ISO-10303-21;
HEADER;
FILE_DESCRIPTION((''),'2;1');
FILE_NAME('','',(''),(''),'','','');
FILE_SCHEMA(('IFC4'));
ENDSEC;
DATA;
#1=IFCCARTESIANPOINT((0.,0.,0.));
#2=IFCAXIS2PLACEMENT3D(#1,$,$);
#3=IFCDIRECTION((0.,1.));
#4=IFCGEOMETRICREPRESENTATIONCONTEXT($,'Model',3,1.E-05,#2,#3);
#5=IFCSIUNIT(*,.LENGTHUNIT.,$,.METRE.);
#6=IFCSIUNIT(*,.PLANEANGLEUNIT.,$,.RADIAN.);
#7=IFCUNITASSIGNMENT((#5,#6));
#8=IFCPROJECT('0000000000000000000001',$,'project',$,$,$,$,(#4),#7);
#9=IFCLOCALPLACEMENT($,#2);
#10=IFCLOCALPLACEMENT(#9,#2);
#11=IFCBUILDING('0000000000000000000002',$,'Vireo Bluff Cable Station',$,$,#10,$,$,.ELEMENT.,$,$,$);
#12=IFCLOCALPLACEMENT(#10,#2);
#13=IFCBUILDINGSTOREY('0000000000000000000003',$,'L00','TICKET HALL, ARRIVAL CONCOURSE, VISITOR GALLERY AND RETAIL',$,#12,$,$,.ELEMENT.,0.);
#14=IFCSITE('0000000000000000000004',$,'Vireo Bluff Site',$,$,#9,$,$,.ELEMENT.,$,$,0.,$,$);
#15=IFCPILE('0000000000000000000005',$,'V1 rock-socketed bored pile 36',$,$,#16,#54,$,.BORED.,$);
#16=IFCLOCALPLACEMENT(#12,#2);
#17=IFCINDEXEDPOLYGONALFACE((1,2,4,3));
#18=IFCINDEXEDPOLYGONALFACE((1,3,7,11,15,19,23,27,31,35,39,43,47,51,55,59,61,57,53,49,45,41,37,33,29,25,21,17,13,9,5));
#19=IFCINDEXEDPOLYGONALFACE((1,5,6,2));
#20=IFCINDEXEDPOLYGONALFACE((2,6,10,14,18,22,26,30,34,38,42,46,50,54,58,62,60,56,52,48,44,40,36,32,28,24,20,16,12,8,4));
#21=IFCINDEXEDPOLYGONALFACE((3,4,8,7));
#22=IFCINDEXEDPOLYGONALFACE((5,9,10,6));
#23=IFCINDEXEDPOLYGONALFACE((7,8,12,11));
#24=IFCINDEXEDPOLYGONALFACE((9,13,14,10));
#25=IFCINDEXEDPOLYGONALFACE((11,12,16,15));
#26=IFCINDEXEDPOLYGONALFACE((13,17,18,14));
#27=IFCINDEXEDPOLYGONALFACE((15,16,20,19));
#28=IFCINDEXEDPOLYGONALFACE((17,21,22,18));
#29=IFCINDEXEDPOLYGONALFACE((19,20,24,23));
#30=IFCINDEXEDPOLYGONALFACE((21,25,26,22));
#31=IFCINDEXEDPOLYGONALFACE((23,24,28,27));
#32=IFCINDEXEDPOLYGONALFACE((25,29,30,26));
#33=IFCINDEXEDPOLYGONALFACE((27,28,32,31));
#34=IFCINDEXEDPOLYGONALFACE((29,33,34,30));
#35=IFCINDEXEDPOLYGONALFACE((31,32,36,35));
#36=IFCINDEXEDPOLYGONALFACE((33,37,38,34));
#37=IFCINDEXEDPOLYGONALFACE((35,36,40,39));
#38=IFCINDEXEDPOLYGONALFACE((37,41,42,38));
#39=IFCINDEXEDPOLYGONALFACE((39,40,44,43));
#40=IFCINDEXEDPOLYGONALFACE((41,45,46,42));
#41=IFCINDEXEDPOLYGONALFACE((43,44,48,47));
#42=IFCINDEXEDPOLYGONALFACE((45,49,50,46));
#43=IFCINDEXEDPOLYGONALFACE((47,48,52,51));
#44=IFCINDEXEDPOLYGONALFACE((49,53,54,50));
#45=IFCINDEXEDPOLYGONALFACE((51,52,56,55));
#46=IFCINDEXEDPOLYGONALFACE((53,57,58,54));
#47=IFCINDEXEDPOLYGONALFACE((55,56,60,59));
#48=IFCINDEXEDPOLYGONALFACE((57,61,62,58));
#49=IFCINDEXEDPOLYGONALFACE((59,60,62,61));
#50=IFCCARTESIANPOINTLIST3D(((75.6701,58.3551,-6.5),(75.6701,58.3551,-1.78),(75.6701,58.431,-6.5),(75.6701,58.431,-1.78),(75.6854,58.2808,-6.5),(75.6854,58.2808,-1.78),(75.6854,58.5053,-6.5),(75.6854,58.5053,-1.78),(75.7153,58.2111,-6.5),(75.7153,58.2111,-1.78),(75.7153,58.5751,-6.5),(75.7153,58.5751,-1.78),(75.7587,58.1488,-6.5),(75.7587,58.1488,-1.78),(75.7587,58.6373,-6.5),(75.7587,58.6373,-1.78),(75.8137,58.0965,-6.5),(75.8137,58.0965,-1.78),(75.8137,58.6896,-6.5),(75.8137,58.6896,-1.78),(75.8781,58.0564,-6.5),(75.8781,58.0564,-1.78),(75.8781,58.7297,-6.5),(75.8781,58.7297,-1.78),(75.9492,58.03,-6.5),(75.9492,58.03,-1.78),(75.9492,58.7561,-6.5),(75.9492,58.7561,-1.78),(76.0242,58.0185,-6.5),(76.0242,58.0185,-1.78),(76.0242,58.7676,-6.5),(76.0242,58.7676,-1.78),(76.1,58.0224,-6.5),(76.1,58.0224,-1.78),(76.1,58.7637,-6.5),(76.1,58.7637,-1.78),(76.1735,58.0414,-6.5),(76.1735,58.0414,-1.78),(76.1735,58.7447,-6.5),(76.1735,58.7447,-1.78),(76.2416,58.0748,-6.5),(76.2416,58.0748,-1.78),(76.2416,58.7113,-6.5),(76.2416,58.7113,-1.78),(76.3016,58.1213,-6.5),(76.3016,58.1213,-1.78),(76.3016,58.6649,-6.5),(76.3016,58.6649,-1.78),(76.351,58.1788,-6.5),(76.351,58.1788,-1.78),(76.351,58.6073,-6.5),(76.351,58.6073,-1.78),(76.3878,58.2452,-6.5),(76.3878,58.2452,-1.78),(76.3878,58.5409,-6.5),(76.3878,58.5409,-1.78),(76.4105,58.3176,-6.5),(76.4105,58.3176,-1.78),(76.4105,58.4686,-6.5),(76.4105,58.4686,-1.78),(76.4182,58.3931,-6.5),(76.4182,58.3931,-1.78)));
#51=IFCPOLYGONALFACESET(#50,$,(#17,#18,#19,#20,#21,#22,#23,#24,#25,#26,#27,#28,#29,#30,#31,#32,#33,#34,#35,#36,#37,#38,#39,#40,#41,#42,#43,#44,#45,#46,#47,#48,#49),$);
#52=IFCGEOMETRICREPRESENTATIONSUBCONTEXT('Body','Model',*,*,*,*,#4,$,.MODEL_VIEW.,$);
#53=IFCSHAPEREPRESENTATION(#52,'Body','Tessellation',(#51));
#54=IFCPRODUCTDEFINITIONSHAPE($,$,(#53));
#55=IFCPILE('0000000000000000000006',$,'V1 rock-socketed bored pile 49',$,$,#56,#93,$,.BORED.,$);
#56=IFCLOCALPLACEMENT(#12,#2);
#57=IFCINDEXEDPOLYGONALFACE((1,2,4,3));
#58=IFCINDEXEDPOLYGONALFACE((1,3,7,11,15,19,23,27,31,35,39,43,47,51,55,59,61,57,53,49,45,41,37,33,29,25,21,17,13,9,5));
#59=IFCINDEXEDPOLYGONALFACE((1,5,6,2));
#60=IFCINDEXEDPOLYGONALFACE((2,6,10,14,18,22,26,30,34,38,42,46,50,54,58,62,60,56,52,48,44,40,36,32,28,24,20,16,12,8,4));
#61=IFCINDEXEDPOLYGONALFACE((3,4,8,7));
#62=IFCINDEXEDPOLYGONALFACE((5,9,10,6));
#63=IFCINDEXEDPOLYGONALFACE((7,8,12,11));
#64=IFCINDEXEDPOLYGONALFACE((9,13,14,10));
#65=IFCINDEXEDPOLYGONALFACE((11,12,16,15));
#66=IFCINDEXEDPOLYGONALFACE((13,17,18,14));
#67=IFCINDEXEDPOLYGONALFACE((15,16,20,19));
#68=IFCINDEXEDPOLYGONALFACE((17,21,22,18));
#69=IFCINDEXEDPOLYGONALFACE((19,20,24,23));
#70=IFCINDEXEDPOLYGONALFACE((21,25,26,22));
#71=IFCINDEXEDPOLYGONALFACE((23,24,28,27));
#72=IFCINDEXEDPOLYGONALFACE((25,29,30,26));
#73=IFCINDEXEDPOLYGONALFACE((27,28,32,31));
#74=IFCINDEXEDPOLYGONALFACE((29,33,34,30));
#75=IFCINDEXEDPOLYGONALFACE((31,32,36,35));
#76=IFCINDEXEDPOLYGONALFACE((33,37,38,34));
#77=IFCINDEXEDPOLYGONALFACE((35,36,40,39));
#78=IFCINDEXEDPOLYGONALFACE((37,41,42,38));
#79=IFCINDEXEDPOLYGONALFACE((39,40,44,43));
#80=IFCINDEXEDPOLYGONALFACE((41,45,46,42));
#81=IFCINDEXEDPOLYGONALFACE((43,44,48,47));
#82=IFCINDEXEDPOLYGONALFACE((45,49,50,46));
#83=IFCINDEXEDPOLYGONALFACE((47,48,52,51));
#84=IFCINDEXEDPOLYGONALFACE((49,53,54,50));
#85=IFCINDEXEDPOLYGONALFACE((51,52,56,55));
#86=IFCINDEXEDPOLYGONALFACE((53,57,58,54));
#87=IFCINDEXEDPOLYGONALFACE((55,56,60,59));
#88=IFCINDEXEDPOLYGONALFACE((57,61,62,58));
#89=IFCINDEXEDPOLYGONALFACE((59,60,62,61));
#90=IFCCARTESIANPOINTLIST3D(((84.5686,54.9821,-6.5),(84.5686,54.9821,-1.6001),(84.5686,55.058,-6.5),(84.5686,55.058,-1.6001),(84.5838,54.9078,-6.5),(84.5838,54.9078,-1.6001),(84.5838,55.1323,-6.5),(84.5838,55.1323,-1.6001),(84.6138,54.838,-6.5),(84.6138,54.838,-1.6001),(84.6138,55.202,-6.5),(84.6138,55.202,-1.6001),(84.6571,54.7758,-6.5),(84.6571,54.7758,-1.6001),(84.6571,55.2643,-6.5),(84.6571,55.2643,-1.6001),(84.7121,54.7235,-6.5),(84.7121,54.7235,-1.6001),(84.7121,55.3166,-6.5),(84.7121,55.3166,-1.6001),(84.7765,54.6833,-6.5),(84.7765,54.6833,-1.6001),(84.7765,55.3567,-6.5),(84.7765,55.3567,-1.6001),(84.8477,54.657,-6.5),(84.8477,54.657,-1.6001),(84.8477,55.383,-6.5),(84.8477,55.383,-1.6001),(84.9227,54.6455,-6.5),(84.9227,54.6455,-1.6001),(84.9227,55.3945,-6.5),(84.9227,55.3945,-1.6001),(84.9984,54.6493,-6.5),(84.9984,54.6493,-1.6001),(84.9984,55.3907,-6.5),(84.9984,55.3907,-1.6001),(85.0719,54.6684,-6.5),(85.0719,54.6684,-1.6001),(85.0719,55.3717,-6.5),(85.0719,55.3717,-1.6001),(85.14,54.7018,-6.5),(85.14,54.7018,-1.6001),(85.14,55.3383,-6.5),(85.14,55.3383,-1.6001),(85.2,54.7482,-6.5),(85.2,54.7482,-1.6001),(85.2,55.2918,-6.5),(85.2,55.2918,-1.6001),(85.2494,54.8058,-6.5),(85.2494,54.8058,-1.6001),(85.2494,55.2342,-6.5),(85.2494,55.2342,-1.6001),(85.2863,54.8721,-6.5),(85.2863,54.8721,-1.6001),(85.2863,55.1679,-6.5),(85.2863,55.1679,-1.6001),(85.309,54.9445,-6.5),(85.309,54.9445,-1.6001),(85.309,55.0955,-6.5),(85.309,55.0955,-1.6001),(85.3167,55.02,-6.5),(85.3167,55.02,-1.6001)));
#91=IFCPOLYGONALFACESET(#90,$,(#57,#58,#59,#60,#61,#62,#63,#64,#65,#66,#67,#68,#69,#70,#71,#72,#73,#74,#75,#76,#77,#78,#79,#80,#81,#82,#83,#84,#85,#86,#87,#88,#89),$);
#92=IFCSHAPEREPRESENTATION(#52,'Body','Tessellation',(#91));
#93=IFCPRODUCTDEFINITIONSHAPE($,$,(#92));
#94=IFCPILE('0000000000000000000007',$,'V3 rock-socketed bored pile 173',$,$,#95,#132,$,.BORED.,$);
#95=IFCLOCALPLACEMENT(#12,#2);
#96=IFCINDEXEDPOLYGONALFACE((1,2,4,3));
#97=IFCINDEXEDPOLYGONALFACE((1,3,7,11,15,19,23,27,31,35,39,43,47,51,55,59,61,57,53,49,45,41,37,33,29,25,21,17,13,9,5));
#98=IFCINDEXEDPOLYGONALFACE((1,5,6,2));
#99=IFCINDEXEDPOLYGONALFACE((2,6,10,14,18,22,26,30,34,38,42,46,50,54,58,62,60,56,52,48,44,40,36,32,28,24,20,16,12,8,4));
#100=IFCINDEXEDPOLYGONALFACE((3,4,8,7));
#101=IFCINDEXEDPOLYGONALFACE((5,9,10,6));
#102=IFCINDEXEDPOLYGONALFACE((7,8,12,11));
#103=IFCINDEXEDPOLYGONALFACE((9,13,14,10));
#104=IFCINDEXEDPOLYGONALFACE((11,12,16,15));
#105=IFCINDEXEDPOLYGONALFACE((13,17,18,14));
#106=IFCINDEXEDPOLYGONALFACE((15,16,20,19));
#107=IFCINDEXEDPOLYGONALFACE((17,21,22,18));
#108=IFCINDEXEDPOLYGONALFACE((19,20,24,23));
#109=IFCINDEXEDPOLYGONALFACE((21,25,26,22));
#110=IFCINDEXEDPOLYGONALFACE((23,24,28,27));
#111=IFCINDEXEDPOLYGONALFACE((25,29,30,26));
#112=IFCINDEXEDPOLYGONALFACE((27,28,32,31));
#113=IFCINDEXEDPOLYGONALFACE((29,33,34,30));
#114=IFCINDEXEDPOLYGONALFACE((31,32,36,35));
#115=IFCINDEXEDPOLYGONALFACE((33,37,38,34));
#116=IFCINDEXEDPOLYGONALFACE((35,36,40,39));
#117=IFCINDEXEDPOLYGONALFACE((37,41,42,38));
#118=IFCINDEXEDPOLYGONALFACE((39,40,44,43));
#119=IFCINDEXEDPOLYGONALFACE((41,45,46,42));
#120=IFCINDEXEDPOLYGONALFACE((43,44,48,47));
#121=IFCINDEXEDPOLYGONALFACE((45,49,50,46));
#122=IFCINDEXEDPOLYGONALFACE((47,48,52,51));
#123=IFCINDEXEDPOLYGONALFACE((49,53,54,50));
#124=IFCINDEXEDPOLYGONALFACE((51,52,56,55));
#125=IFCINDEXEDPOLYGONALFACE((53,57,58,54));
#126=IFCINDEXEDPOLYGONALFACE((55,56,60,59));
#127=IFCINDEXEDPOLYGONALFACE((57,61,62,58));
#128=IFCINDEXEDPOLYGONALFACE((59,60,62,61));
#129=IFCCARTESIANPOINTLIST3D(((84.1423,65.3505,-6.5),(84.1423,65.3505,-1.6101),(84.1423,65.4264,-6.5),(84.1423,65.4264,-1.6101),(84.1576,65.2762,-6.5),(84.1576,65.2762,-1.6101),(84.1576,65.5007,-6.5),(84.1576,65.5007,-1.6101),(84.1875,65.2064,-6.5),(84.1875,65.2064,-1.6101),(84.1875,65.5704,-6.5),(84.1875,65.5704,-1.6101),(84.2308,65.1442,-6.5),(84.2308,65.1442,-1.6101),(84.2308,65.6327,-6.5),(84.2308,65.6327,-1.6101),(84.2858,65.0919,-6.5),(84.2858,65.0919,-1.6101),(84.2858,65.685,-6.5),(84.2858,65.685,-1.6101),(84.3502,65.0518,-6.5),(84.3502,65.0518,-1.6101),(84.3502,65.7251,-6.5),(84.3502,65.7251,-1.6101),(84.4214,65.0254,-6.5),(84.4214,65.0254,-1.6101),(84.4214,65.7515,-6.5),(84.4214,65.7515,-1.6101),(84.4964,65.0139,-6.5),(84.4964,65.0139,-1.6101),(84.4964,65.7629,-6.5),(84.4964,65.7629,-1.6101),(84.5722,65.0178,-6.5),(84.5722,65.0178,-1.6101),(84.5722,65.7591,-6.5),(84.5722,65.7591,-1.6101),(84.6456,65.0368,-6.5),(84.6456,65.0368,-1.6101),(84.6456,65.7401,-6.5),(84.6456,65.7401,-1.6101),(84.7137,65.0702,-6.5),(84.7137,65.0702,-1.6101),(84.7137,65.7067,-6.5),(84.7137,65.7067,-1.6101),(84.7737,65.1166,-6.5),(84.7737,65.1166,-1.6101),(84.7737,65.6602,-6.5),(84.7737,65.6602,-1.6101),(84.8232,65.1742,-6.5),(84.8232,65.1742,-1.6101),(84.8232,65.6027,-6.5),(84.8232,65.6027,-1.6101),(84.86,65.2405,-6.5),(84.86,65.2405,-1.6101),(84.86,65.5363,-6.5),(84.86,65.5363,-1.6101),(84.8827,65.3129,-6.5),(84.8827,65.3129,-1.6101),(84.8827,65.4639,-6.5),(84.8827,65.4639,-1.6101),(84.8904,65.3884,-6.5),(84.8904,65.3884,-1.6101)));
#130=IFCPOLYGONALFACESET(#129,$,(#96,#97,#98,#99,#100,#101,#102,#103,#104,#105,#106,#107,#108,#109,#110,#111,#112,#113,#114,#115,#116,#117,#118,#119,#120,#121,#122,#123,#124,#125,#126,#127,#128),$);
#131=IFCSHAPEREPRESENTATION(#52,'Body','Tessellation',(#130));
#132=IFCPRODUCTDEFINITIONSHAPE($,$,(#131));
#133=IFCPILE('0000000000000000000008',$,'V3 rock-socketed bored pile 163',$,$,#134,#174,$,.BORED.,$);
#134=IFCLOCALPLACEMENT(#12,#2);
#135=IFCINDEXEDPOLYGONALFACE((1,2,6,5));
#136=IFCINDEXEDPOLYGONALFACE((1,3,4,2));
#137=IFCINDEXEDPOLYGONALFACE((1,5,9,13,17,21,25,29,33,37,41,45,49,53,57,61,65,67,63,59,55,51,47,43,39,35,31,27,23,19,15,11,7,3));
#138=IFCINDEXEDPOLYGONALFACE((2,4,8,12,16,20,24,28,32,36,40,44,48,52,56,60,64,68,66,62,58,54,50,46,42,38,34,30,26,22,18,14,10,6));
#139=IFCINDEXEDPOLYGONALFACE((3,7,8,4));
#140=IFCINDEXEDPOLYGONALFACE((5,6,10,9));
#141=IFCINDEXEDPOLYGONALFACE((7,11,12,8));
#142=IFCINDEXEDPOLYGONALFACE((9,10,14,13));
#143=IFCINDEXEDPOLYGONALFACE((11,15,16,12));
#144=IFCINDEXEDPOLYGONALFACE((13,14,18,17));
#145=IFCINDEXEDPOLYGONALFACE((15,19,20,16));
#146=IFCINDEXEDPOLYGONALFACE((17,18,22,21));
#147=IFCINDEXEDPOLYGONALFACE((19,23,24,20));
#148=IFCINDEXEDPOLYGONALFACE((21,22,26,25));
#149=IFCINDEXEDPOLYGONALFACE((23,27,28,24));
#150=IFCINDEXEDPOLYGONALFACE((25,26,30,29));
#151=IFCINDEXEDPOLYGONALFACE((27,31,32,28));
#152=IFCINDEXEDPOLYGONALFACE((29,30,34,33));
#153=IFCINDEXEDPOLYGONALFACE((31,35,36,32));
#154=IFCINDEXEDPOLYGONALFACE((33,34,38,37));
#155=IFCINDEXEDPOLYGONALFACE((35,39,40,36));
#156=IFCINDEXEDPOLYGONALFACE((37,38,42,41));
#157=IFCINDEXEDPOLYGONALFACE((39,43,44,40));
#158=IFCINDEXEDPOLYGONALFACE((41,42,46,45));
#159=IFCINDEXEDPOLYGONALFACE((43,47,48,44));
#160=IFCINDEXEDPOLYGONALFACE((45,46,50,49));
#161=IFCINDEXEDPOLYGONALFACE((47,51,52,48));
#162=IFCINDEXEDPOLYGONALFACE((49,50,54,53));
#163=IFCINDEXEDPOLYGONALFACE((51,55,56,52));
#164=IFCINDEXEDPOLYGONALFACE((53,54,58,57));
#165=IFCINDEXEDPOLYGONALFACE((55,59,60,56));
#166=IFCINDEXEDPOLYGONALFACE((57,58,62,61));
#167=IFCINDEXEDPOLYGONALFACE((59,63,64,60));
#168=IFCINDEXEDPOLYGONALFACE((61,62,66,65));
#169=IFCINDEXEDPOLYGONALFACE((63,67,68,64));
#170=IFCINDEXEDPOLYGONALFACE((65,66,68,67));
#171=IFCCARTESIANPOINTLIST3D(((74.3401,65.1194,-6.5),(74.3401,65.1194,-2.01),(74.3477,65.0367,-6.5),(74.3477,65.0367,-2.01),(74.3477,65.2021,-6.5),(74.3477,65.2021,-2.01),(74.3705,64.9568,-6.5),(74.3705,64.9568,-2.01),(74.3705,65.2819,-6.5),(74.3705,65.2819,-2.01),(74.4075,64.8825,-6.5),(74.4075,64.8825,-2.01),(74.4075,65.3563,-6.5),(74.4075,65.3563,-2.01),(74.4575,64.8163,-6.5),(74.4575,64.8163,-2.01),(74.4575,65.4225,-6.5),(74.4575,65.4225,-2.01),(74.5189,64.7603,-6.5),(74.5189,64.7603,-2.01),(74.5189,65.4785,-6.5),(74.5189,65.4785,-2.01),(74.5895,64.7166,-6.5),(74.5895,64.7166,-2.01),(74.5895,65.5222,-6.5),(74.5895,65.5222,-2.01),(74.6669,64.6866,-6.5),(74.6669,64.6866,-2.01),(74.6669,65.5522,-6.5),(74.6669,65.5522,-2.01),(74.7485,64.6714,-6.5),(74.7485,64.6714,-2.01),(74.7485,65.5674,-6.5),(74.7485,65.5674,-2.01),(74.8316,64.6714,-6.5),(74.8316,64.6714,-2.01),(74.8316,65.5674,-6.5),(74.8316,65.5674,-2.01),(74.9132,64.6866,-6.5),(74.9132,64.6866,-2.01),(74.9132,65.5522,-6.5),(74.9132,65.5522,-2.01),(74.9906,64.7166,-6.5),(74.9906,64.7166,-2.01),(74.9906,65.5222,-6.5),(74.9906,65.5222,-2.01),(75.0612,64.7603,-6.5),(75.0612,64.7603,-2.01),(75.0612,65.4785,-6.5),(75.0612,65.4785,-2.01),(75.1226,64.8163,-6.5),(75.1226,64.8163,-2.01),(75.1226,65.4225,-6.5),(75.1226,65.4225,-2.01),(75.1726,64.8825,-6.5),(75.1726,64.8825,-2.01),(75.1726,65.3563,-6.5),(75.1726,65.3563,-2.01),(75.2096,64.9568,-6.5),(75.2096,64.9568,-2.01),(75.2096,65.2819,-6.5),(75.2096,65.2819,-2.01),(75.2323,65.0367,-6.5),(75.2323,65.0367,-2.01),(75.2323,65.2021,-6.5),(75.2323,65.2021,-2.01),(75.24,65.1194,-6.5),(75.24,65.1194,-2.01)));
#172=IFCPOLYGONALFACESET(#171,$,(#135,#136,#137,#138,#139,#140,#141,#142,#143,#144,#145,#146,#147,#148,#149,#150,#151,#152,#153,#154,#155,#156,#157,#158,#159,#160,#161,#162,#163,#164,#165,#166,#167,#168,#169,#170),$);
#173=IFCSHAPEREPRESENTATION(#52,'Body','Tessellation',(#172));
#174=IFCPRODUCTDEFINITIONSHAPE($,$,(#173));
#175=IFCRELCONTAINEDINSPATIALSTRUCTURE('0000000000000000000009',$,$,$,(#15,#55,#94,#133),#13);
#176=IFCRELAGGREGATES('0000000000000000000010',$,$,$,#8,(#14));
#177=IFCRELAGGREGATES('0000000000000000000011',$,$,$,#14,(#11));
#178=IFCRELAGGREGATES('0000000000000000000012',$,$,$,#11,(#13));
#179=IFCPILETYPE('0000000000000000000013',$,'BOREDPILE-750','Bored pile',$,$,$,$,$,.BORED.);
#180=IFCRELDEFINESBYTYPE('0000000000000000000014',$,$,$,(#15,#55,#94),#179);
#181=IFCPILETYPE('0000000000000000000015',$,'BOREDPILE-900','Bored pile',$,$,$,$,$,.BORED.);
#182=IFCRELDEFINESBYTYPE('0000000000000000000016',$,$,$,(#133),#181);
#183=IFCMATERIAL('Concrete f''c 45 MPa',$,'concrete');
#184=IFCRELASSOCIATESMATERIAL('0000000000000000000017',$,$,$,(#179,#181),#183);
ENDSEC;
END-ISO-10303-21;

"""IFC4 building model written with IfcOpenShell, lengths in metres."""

from ifc_helpers import new_model, si_unit, direction, frame, origin, origin_2d, place, context, subcontext, project, spatial, circle, extrude, material, material_profile, profile_set, type_object, element, save


model = new_model("IFC4")

# Units and contexts
model_context = context("Model", 3, precision=1e-05, world=origin(), true_north=direction((0.0, 1.0)))
body_context = subcontext(model_context, "Body", "Model", "MODEL_VIEW")
ifc_project = project(units=[si_unit("LENGTHUNIT", "METRE"), si_unit("PLANEANGLEUNIT", "RADIAN")], contexts=[model_context])

# Site, building, storey
site_placement = place(None, origin())
site = spatial("IfcSite", under=ifc_project, at=site_placement, Name="Vireo Bluff Site", CompositionType="ELEMENT", RefElevation=0.0)
building_placement = place(site_placement, origin())
building = spatial("IfcBuilding", under=site, at=building_placement, Name="Vireo Bluff Cable Station", CompositionType="ELEMENT")
storey_placement = place(building_placement, origin())
storey = spatial("IfcBuildingStorey", under=building, at=storey_placement, Name="L00", Description="TICKET HALL, ARRIVAL CONCOURSE, VISITOR GALLERY AND RETAIL", CompositionType="ELEMENT", Elevation=0.0)

# Piles
ifc_material_1 = material(Name="Concrete f'c 45 MPa", Category="concrete")
ifc_material_profile_1 = material_profile(ifc_material_1, circle(Radius=0.375, at=origin_2d()), Name="BOREDPILE-750")
ifc_profile_set_1 = profile_set([ifc_material_profile_1], Name="Concrete f'c 45 MPa")
pile_type_1 = type_object("IfcPileType", Name="BOREDPILE-750", Description="Bored pile", PredefinedType="BORED", material=ifc_profile_set_1)
for number, where, z_axis, x_axis, name in (
    (1, (76.0432, 58.3931, -1.78), (0.0, 0.0, -1.0), (1.0, 0.0, 0.0), "V1 rock-socketed bored pile 36"),
):
    element("IfcPile", number, at=place(storey_placement, frame(where, z_axis=z_axis, x_axis=x_axis)), inside=storey, type_object=pile_type_1, Name=name, PredefinedType="BORED", context=body_context, shape_type="SweptSolid", body=[
        extrude(circle(Radius=0.375, at=origin_2d()), origin(), (0.0, 0.0, 1.0), 4.72),
    ])
pile_1_placement = place(storey_placement, frame((84.9417, 55.02, -1.6001), z_axis=(0.0, 0.0, -1.0), x_axis=(1.0, 0.0, 0.0)))
element("IfcPile", 2, at=pile_1_placement, inside=storey, type_object=pile_type_1, Name="V1 rock-socketed bored pile 49", PredefinedType="BORED", context=body_context, shape_type="SweptSolid", body=[
    extrude(circle(Radius=0.375, at=origin_2d()), origin(), (0.0, 0.0, 1.0), 4.8999),
])
pile_2_placement = place(storey_placement, frame((84.5154, 65.3884, -1.6101), z_axis=(0.0, 0.0, -1.0), x_axis=(1.0, 0.0, 0.0)))
element("IfcPile", 3, at=pile_2_placement, inside=storey, type_object=pile_type_1, Name="V3 rock-socketed bored pile 173", PredefinedType="BORED", context=body_context, shape_type="SweptSolid", body=[
    extrude(circle(Radius=0.375, at=origin_2d()), origin(), (0.0, 0.0, 1.0), 4.8899),
])
ifc_material_profile_2 = material_profile(ifc_material_1, circle(Radius=0.45, at=origin_2d()), Name="BOREDPILE-900")
ifc_profile_set_2 = profile_set([ifc_material_profile_2], Name="Concrete f'c 45 MPa")
pile_type_2 = type_object("IfcPileType", Name="BOREDPILE-900", Description="Bored pile", PredefinedType="BORED", material=ifc_profile_set_2)
for number, where, z_axis, x_axis, name in (
    (4, (74.79, 65.1194, -2.01), (0.0, 0.0, -1.0), (1.0, 0.0, 0.0), "V3 rock-socketed bored pile 163"),
):
    element("IfcPile", number, at=place(storey_placement, frame(where, z_axis=z_axis, x_axis=x_axis)), inside=storey, type_object=pile_type_2, Name=name, PredefinedType="BORED", context=body_context, shape_type="SweptSolid", body=[
        extrude(circle(Radius=0.45, at=origin_2d()), origin(), (0.0, 0.0, 1.0), 4.49),
    ])

save(model, "model.ifc")
